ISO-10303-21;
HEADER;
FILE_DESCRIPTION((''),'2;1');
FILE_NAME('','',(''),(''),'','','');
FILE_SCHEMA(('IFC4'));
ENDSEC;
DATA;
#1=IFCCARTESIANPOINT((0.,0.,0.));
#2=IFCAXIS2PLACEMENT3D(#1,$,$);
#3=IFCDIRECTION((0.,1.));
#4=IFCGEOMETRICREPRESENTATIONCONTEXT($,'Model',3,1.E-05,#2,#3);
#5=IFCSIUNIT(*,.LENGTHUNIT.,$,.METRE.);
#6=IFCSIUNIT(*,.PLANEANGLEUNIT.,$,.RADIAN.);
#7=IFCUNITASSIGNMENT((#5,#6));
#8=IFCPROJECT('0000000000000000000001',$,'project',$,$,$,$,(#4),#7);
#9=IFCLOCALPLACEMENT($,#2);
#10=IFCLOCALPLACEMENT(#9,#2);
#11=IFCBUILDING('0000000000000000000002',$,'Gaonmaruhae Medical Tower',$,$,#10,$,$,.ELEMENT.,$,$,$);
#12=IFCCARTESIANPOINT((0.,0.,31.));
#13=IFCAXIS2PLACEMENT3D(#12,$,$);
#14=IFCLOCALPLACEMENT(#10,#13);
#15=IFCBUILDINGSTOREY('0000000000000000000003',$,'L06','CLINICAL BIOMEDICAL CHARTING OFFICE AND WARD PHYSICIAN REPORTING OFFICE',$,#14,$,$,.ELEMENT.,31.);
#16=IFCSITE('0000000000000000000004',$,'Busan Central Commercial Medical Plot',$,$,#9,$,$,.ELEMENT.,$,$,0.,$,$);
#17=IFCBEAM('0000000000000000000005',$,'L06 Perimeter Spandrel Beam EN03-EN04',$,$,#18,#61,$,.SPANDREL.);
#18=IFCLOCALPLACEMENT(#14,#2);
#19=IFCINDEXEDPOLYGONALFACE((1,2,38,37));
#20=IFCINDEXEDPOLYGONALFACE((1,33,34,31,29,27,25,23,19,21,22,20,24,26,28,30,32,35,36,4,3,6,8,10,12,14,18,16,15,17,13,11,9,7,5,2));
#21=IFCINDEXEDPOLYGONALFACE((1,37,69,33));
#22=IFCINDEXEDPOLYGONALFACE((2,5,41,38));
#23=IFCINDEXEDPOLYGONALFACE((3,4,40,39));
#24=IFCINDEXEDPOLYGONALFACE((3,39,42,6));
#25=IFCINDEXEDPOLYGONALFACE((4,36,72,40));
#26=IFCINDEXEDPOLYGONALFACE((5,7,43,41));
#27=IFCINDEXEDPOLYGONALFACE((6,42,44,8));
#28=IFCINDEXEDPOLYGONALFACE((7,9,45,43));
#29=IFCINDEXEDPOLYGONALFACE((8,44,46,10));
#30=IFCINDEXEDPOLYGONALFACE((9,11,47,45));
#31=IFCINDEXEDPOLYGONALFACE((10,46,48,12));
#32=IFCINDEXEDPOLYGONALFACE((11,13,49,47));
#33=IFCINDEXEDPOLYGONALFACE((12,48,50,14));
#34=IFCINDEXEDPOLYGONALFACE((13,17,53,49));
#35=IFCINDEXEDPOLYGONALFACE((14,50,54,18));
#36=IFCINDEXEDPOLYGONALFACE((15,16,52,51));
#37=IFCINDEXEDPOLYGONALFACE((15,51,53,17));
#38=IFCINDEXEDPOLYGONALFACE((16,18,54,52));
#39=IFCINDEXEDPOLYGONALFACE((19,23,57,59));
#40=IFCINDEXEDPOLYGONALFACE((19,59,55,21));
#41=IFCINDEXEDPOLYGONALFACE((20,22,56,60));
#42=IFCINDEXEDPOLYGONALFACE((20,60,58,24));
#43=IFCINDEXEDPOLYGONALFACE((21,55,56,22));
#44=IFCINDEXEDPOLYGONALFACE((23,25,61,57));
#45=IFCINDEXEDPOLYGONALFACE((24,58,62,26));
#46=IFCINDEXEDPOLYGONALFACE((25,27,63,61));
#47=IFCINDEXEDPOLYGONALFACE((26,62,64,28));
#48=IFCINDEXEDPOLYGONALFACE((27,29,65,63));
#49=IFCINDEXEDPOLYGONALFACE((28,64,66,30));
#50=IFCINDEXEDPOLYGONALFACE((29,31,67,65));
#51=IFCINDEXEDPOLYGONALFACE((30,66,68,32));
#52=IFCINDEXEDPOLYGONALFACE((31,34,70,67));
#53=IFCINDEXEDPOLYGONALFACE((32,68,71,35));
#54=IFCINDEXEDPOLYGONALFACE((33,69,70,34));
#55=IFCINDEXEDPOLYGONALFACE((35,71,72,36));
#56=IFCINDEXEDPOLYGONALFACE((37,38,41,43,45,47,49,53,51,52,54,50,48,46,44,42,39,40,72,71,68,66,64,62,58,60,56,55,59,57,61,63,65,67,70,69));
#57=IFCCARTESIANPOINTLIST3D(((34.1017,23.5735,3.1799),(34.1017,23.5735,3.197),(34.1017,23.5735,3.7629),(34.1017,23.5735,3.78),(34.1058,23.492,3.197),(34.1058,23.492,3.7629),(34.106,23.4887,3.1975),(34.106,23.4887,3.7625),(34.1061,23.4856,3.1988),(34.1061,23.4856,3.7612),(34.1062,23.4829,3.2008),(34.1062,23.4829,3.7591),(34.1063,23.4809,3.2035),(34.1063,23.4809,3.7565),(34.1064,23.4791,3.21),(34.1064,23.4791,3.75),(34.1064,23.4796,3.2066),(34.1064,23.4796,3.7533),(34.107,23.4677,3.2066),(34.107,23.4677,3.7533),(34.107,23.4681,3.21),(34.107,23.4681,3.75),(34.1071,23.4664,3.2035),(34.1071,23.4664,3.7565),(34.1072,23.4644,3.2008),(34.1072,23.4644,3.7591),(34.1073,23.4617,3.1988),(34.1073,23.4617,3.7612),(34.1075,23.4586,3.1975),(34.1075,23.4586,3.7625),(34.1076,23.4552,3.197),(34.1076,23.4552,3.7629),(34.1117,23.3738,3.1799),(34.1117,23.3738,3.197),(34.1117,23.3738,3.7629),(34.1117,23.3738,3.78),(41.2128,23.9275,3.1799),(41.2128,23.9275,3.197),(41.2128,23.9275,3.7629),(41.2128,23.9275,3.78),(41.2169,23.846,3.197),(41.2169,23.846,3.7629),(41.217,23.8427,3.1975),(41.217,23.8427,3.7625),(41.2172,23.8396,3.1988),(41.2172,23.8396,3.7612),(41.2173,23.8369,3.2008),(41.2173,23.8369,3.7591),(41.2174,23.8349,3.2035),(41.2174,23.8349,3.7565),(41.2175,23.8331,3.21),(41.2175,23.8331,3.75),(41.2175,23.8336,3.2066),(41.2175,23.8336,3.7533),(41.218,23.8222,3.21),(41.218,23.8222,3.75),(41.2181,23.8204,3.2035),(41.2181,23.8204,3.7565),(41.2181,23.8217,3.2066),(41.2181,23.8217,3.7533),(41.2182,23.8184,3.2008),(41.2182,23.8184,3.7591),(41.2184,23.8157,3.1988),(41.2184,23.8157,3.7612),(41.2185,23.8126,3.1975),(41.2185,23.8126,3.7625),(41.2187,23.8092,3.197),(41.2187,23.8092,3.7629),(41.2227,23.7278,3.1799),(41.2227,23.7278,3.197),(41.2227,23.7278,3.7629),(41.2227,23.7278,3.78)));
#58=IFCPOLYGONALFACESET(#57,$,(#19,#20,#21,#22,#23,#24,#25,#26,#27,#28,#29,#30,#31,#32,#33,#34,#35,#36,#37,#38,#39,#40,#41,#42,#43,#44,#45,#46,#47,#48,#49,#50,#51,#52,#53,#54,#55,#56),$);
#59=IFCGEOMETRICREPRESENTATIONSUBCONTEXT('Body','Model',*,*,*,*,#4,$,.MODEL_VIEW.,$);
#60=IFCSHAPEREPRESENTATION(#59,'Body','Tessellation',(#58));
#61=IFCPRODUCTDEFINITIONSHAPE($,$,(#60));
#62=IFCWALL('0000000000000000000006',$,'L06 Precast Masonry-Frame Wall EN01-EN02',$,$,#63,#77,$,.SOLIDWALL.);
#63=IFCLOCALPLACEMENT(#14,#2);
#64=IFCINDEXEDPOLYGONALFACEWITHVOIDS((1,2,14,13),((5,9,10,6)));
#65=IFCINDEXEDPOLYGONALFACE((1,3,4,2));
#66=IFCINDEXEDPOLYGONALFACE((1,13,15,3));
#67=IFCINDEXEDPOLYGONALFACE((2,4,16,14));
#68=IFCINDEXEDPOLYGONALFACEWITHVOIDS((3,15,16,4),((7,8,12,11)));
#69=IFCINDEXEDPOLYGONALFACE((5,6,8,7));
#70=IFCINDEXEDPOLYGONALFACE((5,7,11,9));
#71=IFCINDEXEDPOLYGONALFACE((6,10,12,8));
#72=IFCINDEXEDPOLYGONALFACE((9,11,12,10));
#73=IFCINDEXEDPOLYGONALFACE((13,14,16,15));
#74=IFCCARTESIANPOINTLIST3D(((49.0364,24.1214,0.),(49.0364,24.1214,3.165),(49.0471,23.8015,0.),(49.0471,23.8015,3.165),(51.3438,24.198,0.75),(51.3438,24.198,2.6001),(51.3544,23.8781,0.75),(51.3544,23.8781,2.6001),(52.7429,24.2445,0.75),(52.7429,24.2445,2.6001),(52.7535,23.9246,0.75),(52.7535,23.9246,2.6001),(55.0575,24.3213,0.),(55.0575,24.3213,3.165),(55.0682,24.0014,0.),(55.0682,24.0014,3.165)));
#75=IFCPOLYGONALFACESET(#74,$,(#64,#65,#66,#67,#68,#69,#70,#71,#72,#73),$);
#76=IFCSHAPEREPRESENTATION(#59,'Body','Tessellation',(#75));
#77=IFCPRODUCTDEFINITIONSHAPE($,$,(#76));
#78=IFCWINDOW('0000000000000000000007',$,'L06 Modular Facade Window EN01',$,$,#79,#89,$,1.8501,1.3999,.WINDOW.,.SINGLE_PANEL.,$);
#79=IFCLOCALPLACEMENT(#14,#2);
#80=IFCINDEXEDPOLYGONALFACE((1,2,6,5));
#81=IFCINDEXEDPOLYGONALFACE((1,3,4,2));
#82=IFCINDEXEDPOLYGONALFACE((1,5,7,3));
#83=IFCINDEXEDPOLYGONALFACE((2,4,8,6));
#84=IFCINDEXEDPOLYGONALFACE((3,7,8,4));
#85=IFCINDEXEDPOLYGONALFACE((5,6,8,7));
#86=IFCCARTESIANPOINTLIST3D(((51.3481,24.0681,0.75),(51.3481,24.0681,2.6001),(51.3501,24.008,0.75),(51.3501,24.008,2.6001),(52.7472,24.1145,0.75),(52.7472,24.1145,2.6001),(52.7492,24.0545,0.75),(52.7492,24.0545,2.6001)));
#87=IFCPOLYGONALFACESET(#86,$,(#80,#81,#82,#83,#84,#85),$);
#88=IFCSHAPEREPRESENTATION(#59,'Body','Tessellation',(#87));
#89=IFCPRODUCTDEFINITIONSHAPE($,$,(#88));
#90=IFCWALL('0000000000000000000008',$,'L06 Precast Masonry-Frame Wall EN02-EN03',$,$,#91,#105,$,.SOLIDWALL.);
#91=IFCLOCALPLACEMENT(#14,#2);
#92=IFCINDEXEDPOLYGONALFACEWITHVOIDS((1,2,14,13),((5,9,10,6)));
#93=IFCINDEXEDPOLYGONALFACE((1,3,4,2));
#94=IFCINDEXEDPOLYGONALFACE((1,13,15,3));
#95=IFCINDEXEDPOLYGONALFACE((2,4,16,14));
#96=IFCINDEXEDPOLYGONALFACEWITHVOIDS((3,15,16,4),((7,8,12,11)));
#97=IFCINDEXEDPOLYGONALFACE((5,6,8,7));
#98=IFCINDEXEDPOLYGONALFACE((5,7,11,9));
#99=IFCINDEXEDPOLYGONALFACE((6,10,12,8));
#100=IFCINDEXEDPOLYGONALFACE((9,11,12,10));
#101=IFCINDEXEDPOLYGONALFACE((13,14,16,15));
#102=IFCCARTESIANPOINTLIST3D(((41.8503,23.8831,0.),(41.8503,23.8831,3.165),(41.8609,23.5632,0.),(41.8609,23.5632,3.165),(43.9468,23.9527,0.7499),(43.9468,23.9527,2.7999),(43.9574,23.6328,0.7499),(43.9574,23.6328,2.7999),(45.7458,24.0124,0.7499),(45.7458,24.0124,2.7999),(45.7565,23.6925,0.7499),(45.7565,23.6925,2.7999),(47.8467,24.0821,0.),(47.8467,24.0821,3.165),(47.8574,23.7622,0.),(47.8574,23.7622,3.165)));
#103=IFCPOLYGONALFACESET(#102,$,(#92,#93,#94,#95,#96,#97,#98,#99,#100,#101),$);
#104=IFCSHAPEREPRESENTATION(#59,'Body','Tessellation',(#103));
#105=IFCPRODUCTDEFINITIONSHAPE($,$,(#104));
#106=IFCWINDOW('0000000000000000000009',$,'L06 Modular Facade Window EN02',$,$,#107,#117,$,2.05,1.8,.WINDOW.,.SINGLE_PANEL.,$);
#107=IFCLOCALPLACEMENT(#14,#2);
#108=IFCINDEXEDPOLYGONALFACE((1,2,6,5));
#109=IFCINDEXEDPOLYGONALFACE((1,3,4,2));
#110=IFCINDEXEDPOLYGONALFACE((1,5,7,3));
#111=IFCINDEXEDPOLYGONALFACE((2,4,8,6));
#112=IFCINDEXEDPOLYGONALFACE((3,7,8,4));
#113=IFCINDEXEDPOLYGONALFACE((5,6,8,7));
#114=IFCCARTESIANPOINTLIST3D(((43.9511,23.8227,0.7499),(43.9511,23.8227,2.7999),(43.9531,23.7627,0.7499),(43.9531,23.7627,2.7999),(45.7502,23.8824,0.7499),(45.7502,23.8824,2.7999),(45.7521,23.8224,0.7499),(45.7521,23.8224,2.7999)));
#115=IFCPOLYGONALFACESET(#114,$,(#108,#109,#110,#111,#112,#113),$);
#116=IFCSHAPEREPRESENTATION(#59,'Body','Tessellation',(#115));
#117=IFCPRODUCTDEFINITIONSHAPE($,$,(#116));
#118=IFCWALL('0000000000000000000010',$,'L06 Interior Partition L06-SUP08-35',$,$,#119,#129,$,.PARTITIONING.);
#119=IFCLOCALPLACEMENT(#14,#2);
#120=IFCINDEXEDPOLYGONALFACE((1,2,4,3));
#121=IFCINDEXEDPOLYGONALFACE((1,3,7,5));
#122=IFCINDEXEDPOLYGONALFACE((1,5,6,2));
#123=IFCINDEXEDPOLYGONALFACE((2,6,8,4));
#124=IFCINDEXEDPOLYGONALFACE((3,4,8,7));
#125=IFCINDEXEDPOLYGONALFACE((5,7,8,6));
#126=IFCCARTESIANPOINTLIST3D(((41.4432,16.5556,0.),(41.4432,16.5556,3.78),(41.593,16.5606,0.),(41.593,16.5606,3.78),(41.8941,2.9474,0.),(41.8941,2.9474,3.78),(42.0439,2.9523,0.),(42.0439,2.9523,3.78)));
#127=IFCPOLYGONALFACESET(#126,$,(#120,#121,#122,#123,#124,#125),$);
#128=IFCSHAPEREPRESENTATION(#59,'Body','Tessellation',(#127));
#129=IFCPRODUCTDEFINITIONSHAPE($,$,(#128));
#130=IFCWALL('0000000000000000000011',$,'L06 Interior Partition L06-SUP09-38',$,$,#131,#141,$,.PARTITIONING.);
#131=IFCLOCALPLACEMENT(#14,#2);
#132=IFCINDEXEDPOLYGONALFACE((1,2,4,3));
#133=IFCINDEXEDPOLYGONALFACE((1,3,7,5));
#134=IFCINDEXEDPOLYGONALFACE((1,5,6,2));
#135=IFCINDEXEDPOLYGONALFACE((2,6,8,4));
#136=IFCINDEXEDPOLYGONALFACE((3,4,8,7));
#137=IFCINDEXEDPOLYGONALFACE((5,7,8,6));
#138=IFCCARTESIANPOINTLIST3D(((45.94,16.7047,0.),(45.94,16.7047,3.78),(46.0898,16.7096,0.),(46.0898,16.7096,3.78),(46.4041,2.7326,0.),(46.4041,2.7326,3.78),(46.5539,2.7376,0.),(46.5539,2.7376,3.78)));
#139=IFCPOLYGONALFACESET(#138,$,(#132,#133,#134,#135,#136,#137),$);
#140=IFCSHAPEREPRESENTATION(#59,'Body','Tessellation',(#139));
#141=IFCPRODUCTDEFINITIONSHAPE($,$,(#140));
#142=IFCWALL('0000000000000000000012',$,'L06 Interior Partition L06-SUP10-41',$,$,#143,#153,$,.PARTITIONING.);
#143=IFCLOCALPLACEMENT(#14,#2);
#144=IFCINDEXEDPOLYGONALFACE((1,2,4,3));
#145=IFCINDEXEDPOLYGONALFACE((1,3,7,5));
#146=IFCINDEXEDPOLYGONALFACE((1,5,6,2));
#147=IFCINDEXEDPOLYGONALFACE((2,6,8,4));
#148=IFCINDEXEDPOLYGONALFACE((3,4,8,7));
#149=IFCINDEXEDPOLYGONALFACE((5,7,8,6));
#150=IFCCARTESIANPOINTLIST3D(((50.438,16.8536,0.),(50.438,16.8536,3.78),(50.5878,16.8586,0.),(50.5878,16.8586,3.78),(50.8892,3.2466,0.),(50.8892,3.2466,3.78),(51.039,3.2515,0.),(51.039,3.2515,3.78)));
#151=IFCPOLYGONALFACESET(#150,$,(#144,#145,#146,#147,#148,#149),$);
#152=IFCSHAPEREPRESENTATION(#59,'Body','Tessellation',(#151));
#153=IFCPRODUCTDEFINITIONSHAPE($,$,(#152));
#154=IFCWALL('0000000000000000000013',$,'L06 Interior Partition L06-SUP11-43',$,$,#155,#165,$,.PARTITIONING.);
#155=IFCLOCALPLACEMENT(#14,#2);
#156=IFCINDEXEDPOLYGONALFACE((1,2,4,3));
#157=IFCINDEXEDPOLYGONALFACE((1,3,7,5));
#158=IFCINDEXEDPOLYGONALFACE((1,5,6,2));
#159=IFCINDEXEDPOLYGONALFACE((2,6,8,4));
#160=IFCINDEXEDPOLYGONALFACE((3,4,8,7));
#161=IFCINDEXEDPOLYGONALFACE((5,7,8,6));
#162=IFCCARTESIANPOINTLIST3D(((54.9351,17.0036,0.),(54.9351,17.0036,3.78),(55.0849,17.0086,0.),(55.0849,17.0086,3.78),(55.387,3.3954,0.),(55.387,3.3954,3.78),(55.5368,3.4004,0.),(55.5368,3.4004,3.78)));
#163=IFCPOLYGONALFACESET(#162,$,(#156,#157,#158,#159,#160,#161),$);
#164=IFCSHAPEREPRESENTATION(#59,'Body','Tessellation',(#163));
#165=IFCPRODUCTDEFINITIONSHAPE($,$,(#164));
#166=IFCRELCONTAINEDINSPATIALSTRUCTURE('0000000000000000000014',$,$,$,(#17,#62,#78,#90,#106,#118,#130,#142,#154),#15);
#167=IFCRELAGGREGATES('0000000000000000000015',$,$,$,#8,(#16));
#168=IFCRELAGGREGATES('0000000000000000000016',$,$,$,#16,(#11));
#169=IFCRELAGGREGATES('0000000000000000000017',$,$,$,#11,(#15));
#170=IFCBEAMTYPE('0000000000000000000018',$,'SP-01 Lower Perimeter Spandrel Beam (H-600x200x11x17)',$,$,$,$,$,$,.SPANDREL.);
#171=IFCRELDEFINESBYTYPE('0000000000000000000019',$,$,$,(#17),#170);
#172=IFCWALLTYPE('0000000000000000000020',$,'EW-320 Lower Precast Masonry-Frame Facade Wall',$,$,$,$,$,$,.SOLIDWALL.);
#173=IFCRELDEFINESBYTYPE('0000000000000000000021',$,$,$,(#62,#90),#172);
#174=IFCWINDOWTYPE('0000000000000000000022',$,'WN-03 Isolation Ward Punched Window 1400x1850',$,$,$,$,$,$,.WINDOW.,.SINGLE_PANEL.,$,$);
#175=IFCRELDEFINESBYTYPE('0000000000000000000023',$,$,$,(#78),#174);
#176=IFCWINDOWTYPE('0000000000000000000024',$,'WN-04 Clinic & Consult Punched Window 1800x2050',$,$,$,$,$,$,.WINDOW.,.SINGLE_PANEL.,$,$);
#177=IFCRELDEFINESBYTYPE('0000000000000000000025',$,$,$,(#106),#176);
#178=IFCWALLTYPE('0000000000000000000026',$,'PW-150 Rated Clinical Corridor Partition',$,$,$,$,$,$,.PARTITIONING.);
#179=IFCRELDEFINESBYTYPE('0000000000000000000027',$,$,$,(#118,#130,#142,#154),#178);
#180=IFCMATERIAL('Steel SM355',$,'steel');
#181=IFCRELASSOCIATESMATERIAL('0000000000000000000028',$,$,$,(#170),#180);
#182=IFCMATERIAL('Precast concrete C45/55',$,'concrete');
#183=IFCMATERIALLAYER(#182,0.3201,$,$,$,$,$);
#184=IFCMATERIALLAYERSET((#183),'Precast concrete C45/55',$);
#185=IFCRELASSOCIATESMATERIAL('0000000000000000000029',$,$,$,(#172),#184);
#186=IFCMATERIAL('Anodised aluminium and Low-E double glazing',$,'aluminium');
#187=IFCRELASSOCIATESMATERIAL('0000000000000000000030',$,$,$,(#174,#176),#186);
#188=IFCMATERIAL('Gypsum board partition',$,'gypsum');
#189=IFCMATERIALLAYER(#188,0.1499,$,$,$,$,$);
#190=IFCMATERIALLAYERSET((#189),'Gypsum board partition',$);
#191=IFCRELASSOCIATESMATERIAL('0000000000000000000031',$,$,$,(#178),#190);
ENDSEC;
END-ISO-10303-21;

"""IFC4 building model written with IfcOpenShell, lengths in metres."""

from ifc_helpers import new_model, si_unit, direction, frame, frame_2d, origin, origin_2d, place, context, subcontext, project, spatial, rectangle, i_section, extrude, material, layer, layer_set, material_profile, profile_set, type_object, element, fill, save


model = new_model("IFC4")

# Units and contexts
model_context = context("Model", 3, precision=1e-05, world=origin(), true_north=direction((0.0, 1.0)))
body_context = subcontext(model_context, "Body", "Model", "MODEL_VIEW")
ifc_project = project(units=[si_unit("LENGTHUNIT", "METRE"), si_unit("PLANEANGLEUNIT", "RADIAN")], contexts=[model_context])

# Site, building, storey
site_placement = place(None, origin())
site = spatial("IfcSite", under=ifc_project, at=site_placement, Name="Busan Central Commercial Medical Plot", CompositionType="ELEMENT", RefElevation=0.0)
building_placement = place(site_placement, origin())
building = spatial("IfcBuilding", under=site, at=building_placement, Name="Gaonmaruhae Medical Tower", CompositionType="ELEMENT")
storey_placement = place(building_placement, frame((0.0, 0.0, 31.0)))
storey = spatial("IfcBuildingStorey", under=building, at=storey_placement, Name="L06", Description="CLINICAL BIOMEDICAL CHARTING OFFICE AND WARD PHYSICIAN REPORTING OFFICE", CompositionType="ELEMENT", Elevation=31.0)

# Beam
ifc_material_1 = material(Name="Steel SM355", Category="steel")
ifc_material_profile_1 = material_profile(ifc_material_1, i_section(OverallWidth=0.2, OverallDepth=0.6001, WebThickness=0.011, FlangeThickness=0.0171, FilletRadius=0.0129, at=origin_2d()), Name="H-600x200x11x17")
ifc_profile_set_1 = profile_set([ifc_material_profile_1], Name="Steel SM355")
beam_type_1 = type_object("IfcBeamType", Name="SP-01 Lower Perimeter Spandrel Beam (H-600x200x11x17)", PredefinedType="SPANDREL", material=ifc_profile_set_1)
beam_1_placement = place(storey_placement, frame((41.2178, 23.8276, 3.48), z_axis=(-0.998763, -0.04972, 0.0), x_axis=(0.04972, -0.998763, 0.0)))
element("IfcBeam", 1, at=beam_1_placement, inside=storey, type_object=beam_type_1, Name="L06 Perimeter Spandrel Beam EN03-EN04", PredefinedType="SPANDREL", context=body_context, shape_type="SweptSolid", body=[
    extrude(i_section(OverallWidth=0.2, OverallDepth=0.6001, WebThickness=0.011, FlangeThickness=0.0171, FilletRadius=0.0129, at=origin_2d()), origin(), (0.0, 0.0, 1.0), 7.1199),
])

# Walls, openings, windows
ifc_material_2 = material(Name="Precast concrete C45/55", Category="concrete")
ifc_layer_1 = layer(ifc_material_2, 0.3201)
ifc_layer_set_1 = layer_set([ifc_layer_1], Name="Precast concrete C45/55")
wall_type_1 = type_object("IfcWallType", Name="EW-320 Lower Precast Masonry-Frame Facade Wall", PredefinedType="SOLIDWALL", material=ifc_layer_set_1)
wall_1_placement = place(storey_placement, frame((49.0417, 23.9614, 0.0), z_axis=(0.0, 0.0, 1.0), x_axis=(0.999449, 0.033191, 0.0)))
wall_1 = element("IfcWall", 2, at=wall_1_placement, inside=storey, type_object=wall_type_1, Name="L06 Precast Masonry-Frame Wall EN01-EN02", PredefinedType="SOLIDWALL", context=body_context, shape_type="SweptSolid", body=[
    extrude(rectangle(XDim=6.0244, YDim=0.3201, at=frame_2d((3.0122, 0.0))), origin(), (0.0, 0.0, 1.0), 3.165),
])
opening_1_placement = place(wall_1_placement, frame((2.3086, 0.0, 0.75)))
opening_1 = element("IfcOpeningElement", 3, at=opening_1_placement, cuts=wall_1, PredefinedType="OPENING", context=body_context, shape_type="SweptSolid", body=[
    extrude(rectangle(XDim=1.3999, YDim=1.8501, at=frame_2d((0.7, 0.925))), frame((0.0, 0.1699, 0.0), z_axis=(0.0, -1.0, 0.0), x_axis=(1.0, 0.0, 0.0)), (0.0, 0.0, 1.0), 0.3401),
])
ifc_material_3 = material(Name="Anodised aluminium and Low-E double glazing", Category="aluminium")
window_type_1 = type_object("IfcWindowType", Name="WN-03 Isolation Ward Punched Window 1400x1850", PartitioningType="SINGLE_PANEL", PredefinedType="WINDOW", material=ifc_material_3)
window_1_placement = place(opening_1_placement, origin())
window_1 = element("IfcWindow", 4, at=window_1_placement, inside=storey, type_object=window_type_1, Name="L06 Modular Facade Window EN01", OverallHeight=1.8501, OverallWidth=1.3999, PartitioningType="SINGLE_PANEL", PredefinedType="WINDOW", context=body_context, shape_type="SweptSolid", body=[
    extrude(rectangle(XDim=1.3999, YDim=1.8501, at=frame_2d((0.7, 0.925))), frame((0.0, 0.03, 0.0), z_axis=(0.0, -1.0, 0.0), x_axis=(1.0, 0.0, 0.0)), (0.0, 0.0, 1.0), 0.0601),
])
fill(opening_1, window_1)
wall_2_placement = place(storey_placement, frame((41.8555, 23.7231, 0.0), z_axis=(0.0, 0.0, 1.0), x_axis=(0.99945, 0.033164, 0.0)))
wall_2 = element("IfcWall", 5, at=wall_2_placement, inside=storey, type_object=wall_type_1, Name="L06 Precast Masonry-Frame Wall EN02-EN03", PredefinedType="SOLIDWALL", context=body_context, shape_type="SweptSolid", body=[
    extrude(rectangle(XDim=5.9998, YDim=0.3201, at=frame_2d((3.0, 0.0))), origin(), (0.0, 0.0, 1.0), 3.165),
])
opening_2_placement = place(wall_2_placement, frame((2.0979, 0.0, 0.75)))
opening_2 = element("IfcOpeningElement", 6, at=opening_2_placement, cuts=wall_2, PredefinedType="OPENING", context=body_context, shape_type="SweptSolid", body=[
    extrude(rectangle(XDim=1.8, YDim=2.05, at=frame_2d((0.8999, 1.0249))), frame((0.0, 0.1699, 0.0), z_axis=(0.0, -1.0, 0.0), x_axis=(1.0, 0.0, 0.0)), (0.0, 0.0, 1.0), 0.3401),
])
window_type_2 = type_object("IfcWindowType", Name="WN-04 Clinic & Consult Punched Window 1800x2050", PartitioningType="SINGLE_PANEL", PredefinedType="WINDOW", material=ifc_material_3)
window_2_placement = place(opening_2_placement, origin())
window_2 = element("IfcWindow", 7, at=window_2_placement, inside=storey, type_object=window_type_2, Name="L06 Modular Facade Window EN02", OverallHeight=2.05, OverallWidth=1.8, PartitioningType="SINGLE_PANEL", PredefinedType="WINDOW", context=body_context, shape_type="SweptSolid", body=[
    extrude(rectangle(XDim=1.8, YDim=2.05, at=frame_2d((0.8999, 1.0249))), frame((0.0, 0.03, 0.0), z_axis=(0.0, -1.0, 0.0), x_axis=(1.0, 0.0, 0.0)), (0.0, 0.0, 1.0), 0.0601),
])
fill(opening_2, window_2)

# Wall
ifc_material_4 = material(Name="Gypsum board partition", Category="gypsum")
ifc_layer_2 = layer(ifc_material_4, 0.1499)
ifc_layer_set_2 = layer_set([ifc_layer_2], Name="Gypsum board partition")
wall_type_2 = type_object("IfcWallType", Name="PW-150 Rated Clinical Corridor Partition", PredefinedType="PARTITIONING", material=ifc_layer_set_2)
wall_3_placement = place(storey_placement, frame((41.5181, 16.5581, 0.0), z_axis=(0.0, 0.0, 1.0), x_axis=(0.033118, -0.999451, 0.0)))
element("IfcWall", 8, at=wall_3_placement, inside=storey, type_object=wall_type_2, Name="L06 Interior Partition L06-SUP08-35", PredefinedType="PARTITIONING", context=body_context, shape_type="SweptSolid", body=[
    extrude(rectangle(XDim=13.6157, YDim=0.1499, at=frame_2d((6.8079, 0.0))), origin(), (0.0, 0.0, 1.0), 3.78),
])

# Wall
wall_4_placement = place(storey_placement, frame((46.0149, 16.707, 0.0), z_axis=(0.0, 0.0, 1.0), x_axis=(0.033199, -0.999449, 0.0)))
element("IfcWall", 9, at=wall_4_placement, inside=storey, type_object=wall_type_2, Name="L06 Interior Partition L06-SUP09-38", PredefinedType="PARTITIONING", context=body_context, shape_type="SweptSolid", body=[
    extrude(rectangle(XDim=13.9797, YDim=0.1499, at=frame_2d((6.9897, 0.0))), origin(), (0.0, 0.0, 1.0), 3.78),
])

# Wall
wall_5_placement = place(storey_placement, frame((50.5129, 16.856, 0.0), z_axis=(0.0, 0.0, 1.0), x_axis=(0.033139, -0.999451, 0.0)))
element("IfcWall", 10, at=wall_5_placement, inside=storey, type_object=wall_type_2, Name="L06 Interior Partition L06-SUP10-41", PredefinedType="PARTITIONING", context=body_context, shape_type="SweptSolid", body=[
    extrude(rectangle(XDim=13.6145, YDim=0.1499, at=frame_2d((6.8071, 0.0))), origin(), (0.0, 0.0, 1.0), 3.78),
])

# Wall
wall_6_placement = place(storey_placement, frame((55.01, 17.0061, 0.0), z_axis=(0.0, 0.0, 1.0), x_axis=(0.03319, -0.999449, 0.0)))
element("IfcWall", 11, at=wall_6_placement, inside=storey, type_object=wall_type_2, Name="L06 Interior Partition L06-SUP11-43", PredefinedType="PARTITIONING", context=body_context, shape_type="SweptSolid", body=[
    extrude(rectangle(XDim=13.6157, YDim=0.1499, at=frame_2d((6.8079, 0.0))), origin(), (0.0, 0.0, 1.0), 3.78),
])

save(model, "model.ifc")
